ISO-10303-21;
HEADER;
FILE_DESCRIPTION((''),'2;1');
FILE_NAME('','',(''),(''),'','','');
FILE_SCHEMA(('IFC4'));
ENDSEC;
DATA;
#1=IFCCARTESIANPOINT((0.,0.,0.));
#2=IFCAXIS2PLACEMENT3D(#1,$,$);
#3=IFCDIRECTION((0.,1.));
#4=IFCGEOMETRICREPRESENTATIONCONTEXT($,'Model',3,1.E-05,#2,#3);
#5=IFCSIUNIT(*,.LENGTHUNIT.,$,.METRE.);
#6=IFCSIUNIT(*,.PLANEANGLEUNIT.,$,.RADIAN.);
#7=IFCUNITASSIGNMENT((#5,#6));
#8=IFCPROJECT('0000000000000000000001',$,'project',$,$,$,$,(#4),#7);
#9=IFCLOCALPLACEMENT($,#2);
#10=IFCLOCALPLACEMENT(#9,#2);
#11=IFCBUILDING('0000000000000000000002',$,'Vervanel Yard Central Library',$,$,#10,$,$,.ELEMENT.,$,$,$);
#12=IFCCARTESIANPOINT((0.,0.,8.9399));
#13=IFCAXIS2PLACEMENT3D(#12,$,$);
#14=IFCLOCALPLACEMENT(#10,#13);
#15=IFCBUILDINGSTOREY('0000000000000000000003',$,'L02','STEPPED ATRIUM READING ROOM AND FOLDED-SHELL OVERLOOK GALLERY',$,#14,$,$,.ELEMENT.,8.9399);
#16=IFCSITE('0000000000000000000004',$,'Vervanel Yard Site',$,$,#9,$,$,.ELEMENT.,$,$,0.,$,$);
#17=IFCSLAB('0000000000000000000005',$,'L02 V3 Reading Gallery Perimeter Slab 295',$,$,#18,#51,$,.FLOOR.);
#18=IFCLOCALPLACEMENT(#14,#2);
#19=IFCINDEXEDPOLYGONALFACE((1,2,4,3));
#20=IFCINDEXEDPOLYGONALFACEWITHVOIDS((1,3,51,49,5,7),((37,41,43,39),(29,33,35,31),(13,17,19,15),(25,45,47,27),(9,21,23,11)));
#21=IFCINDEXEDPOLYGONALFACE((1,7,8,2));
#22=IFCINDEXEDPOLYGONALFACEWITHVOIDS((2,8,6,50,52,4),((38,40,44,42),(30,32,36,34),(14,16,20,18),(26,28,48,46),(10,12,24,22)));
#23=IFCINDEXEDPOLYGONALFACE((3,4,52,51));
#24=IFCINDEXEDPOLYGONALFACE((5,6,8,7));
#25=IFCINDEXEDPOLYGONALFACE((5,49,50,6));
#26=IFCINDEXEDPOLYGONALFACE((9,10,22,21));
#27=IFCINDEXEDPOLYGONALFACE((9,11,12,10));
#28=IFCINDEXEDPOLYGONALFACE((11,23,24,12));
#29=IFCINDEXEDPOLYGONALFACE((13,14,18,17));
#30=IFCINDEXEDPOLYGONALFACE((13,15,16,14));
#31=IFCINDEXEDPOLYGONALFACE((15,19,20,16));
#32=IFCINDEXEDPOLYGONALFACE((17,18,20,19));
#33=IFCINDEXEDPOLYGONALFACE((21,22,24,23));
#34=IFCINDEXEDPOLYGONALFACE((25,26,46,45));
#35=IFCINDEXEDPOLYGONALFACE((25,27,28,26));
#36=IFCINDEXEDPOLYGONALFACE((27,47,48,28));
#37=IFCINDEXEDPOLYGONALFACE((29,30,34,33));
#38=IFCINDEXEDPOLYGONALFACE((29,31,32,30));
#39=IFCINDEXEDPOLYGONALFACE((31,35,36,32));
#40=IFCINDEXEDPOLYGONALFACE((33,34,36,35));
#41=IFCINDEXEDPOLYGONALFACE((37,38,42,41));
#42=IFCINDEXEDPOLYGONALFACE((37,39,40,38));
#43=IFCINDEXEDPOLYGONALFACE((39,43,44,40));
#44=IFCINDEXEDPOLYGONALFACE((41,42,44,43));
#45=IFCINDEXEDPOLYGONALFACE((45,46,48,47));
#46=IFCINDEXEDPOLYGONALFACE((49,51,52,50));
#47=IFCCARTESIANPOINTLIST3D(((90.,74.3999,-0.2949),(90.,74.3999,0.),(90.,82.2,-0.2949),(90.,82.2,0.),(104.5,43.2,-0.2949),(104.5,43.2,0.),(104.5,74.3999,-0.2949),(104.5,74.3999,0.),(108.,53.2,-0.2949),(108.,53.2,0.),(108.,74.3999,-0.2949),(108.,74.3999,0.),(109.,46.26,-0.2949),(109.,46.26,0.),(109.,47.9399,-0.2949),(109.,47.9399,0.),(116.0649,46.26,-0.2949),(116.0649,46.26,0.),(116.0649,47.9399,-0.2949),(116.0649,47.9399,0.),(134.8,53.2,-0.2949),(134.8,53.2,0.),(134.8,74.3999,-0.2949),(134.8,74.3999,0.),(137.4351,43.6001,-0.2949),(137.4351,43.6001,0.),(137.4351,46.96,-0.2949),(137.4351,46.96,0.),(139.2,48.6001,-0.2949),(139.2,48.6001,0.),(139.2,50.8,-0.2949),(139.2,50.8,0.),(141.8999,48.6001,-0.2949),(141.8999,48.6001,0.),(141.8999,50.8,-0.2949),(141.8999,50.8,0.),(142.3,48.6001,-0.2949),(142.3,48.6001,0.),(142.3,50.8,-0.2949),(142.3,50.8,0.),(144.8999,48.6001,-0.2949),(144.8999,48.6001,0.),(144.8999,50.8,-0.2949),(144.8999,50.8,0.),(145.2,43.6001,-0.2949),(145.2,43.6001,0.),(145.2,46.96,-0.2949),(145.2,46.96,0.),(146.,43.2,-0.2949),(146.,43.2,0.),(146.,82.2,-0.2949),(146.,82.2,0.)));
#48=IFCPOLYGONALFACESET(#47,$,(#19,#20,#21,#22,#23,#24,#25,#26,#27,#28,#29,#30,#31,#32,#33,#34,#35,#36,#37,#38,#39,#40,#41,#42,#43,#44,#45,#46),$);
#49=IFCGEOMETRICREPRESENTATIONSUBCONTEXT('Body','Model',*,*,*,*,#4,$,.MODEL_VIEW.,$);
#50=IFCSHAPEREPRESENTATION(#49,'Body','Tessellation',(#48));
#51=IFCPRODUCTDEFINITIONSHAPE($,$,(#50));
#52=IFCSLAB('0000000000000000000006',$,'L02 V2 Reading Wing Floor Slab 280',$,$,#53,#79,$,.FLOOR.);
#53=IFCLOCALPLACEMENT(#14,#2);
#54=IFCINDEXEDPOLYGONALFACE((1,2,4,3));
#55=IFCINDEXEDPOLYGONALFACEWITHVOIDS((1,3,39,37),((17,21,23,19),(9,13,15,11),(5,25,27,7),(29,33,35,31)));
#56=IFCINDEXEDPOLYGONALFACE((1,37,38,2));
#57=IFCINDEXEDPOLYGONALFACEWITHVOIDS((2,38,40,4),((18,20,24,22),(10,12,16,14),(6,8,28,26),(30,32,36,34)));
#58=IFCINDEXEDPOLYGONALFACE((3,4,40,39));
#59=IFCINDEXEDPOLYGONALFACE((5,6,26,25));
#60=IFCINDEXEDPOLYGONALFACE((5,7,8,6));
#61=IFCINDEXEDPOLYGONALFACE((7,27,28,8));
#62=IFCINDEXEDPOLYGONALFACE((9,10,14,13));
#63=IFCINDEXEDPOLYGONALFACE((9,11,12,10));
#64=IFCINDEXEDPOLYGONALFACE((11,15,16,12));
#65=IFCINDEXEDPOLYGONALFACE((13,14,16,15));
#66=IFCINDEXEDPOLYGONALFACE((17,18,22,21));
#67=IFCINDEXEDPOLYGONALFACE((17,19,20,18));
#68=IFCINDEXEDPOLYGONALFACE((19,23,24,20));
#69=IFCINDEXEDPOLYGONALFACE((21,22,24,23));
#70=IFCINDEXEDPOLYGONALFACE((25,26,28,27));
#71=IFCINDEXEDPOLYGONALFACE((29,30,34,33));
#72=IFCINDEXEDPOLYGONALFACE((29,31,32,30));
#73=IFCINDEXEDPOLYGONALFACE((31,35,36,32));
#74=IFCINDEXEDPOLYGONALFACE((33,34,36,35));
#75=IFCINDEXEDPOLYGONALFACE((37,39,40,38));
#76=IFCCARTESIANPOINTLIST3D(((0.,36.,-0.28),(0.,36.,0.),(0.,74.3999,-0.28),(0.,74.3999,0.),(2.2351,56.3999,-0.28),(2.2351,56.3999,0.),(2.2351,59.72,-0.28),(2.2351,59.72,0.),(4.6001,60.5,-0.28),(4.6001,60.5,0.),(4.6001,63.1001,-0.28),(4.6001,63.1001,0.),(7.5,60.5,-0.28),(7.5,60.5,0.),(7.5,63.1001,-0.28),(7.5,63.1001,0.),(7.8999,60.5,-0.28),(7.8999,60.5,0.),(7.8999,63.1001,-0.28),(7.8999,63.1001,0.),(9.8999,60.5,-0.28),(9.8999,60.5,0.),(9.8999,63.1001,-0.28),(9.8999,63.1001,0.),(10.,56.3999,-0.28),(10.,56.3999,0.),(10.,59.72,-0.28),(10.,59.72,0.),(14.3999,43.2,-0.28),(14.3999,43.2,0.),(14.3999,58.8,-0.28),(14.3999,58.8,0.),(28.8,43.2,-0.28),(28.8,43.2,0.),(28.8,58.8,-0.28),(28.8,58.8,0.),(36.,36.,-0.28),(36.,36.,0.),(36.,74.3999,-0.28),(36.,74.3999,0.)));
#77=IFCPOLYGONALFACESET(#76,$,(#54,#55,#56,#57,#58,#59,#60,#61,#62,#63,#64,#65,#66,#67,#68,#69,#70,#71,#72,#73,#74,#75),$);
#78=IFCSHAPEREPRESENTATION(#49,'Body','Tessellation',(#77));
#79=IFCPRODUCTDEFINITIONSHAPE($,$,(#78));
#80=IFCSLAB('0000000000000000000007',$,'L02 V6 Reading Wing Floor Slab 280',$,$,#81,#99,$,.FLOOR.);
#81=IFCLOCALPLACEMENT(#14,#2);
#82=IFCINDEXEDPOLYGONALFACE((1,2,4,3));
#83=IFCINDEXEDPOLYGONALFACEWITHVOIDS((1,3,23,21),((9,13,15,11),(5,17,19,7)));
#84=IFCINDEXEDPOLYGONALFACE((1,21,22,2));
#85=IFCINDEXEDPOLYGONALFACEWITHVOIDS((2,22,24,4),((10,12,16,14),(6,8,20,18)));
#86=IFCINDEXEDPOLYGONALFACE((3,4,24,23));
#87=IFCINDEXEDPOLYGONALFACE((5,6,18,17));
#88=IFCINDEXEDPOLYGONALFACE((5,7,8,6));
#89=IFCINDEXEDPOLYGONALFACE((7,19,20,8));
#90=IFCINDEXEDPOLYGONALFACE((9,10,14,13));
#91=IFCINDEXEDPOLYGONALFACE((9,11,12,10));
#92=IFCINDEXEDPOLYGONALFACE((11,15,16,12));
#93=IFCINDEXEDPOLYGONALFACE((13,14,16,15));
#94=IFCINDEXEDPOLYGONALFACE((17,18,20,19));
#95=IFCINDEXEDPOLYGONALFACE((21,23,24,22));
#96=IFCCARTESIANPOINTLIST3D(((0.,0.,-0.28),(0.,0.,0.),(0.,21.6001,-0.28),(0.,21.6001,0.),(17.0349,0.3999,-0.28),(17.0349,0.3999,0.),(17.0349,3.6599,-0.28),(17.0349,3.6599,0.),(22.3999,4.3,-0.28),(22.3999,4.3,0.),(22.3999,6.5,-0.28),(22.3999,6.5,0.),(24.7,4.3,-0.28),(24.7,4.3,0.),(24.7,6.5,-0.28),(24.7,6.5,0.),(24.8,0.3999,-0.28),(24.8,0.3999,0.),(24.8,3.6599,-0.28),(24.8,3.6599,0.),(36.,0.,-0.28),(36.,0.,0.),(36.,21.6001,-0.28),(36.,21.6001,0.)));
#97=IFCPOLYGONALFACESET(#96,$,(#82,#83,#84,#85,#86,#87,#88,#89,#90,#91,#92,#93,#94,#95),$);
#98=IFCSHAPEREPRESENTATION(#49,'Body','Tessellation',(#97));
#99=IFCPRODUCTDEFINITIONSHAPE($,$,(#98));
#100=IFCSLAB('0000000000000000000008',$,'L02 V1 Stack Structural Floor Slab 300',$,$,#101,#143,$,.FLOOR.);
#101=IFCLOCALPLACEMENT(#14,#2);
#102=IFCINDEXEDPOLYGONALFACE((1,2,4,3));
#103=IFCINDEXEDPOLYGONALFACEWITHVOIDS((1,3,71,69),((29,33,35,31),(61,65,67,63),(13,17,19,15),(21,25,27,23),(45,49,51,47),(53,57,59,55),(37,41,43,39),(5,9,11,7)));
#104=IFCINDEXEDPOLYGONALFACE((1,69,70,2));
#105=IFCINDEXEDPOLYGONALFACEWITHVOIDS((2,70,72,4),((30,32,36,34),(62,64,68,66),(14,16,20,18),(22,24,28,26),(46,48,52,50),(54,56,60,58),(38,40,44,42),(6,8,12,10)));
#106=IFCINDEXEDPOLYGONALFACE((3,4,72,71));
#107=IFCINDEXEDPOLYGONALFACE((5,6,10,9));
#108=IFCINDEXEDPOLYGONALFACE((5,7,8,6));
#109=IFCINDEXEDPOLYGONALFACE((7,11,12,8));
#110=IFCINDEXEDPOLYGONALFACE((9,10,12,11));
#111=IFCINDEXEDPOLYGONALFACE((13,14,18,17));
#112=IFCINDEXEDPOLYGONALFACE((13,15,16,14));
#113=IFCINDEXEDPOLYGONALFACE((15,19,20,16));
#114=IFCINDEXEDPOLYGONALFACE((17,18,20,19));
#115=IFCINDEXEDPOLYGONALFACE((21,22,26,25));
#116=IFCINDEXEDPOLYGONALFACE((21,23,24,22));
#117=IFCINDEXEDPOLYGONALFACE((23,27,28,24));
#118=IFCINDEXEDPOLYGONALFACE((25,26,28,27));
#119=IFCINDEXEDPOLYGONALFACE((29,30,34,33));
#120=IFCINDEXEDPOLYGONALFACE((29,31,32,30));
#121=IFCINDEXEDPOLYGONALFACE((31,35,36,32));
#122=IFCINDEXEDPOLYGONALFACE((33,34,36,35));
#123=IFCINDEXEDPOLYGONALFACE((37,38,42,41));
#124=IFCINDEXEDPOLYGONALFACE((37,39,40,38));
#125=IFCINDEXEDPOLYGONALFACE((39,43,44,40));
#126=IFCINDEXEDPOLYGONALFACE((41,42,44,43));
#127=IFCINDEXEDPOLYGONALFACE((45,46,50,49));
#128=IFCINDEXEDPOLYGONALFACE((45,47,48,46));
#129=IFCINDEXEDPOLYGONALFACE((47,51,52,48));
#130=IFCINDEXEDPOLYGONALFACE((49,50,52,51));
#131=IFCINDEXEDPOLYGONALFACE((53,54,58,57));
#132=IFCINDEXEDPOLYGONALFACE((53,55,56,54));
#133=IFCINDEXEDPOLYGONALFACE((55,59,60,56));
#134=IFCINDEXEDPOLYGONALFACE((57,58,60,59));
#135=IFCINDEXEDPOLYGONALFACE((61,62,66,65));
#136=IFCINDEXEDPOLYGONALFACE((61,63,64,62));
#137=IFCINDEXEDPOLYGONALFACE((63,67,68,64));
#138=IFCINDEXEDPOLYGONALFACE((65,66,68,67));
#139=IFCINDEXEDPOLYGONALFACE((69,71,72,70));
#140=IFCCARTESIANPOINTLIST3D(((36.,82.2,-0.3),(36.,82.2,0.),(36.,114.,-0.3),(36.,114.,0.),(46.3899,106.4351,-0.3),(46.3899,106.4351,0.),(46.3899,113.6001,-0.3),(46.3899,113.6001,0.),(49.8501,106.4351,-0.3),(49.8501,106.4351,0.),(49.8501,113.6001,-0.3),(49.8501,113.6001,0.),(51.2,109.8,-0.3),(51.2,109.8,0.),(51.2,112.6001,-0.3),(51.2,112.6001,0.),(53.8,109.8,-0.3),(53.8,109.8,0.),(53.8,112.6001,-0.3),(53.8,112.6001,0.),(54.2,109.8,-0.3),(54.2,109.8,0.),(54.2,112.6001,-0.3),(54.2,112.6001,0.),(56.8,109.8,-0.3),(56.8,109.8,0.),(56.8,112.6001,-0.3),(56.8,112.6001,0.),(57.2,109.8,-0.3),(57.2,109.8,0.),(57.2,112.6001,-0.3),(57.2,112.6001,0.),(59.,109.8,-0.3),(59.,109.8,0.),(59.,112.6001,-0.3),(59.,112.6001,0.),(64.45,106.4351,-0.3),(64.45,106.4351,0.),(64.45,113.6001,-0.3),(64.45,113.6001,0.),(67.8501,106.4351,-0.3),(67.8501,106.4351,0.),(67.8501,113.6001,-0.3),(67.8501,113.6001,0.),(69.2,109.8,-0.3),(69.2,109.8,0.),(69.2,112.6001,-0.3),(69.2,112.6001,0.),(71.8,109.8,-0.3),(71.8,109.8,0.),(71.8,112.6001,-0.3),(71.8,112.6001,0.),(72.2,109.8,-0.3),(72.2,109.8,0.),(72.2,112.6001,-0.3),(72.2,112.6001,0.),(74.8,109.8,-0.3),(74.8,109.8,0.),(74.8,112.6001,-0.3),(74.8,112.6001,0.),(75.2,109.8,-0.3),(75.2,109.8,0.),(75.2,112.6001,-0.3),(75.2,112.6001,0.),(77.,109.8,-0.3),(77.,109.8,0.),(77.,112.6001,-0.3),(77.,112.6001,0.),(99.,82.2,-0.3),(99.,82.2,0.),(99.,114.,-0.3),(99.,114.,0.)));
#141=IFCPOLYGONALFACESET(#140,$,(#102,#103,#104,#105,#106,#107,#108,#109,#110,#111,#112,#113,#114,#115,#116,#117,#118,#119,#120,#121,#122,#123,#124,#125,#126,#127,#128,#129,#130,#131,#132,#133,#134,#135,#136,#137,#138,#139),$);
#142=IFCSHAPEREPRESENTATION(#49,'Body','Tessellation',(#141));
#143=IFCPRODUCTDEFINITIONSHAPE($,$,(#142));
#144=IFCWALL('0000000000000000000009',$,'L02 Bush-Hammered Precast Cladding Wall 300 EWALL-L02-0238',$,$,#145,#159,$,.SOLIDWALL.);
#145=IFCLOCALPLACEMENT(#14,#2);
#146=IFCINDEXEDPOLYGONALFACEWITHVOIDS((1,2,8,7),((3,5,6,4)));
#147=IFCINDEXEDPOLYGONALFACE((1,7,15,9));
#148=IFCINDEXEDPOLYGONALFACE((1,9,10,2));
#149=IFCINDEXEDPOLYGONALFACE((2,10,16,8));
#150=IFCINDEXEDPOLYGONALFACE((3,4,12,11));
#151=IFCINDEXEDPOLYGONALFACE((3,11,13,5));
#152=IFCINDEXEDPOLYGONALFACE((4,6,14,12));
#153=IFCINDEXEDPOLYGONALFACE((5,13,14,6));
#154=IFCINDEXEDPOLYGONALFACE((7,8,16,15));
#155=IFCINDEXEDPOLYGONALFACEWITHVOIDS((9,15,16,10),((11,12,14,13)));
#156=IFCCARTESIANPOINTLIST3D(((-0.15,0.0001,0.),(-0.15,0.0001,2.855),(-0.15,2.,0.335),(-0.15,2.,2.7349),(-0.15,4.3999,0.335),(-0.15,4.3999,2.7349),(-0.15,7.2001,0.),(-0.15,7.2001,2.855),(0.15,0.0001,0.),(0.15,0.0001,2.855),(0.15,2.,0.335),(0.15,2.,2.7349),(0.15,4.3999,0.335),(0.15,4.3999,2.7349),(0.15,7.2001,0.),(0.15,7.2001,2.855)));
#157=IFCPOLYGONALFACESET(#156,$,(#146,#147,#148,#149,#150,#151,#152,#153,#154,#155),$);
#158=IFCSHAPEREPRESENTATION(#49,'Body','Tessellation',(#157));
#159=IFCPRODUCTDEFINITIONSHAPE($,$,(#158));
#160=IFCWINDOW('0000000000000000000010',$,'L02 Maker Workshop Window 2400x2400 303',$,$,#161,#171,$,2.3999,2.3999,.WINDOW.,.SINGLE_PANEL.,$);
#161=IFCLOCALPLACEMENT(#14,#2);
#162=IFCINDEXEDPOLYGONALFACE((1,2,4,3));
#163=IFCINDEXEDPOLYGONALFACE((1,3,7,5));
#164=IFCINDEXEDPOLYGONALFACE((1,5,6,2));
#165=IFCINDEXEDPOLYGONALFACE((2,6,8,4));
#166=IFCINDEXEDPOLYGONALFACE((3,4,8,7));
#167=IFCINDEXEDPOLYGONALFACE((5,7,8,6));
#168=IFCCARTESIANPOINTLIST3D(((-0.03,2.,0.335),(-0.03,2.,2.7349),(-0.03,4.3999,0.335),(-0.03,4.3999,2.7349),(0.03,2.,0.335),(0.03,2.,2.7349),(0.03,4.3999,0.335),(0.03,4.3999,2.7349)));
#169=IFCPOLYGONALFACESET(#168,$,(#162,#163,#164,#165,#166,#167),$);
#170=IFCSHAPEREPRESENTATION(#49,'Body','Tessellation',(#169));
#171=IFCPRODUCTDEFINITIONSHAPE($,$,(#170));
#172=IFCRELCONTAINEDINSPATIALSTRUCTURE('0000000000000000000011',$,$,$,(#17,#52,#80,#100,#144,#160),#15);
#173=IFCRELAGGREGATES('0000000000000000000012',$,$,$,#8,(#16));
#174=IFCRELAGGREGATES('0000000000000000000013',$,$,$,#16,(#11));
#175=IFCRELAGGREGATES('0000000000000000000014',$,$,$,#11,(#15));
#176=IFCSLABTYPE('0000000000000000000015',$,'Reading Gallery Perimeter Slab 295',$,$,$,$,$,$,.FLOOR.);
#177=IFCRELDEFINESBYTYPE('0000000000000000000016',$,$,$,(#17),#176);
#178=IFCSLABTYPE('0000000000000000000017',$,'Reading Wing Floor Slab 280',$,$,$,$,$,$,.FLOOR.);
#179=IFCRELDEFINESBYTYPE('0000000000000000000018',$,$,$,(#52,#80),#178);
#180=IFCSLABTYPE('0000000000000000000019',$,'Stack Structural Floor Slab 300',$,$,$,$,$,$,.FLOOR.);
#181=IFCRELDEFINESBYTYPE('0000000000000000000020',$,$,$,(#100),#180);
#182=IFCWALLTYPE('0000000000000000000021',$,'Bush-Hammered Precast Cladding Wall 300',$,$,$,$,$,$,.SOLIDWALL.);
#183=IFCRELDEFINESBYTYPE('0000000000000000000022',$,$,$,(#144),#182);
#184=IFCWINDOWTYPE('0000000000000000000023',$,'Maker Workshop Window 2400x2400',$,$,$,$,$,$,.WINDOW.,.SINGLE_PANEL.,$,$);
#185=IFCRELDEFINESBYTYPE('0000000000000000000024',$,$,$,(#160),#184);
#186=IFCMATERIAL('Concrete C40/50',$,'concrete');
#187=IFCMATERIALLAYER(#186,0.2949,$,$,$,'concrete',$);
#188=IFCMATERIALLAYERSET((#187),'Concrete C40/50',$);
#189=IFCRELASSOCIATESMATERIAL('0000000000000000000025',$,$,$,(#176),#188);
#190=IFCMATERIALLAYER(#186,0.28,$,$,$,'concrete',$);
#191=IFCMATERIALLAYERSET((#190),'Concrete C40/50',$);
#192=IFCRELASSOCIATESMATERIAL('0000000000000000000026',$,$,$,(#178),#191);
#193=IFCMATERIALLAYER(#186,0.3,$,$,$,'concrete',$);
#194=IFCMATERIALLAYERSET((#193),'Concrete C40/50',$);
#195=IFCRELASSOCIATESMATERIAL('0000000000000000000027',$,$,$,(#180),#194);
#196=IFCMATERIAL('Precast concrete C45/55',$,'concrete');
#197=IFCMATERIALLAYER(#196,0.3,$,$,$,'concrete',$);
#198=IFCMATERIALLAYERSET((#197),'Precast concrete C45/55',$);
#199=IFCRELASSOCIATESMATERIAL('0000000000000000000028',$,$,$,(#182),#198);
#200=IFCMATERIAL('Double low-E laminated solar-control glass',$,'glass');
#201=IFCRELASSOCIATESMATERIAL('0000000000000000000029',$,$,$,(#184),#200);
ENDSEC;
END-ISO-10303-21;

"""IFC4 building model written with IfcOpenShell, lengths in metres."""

from ifc_helpers import new_model, si_unit, direction, frame, frame_2d, origin, place, context, subcontext, project, spatial, polyline, rectangle, outline, extrude, material, layer, layer_set, type_object, element, fill, save


model = new_model("IFC4")

# Units and contexts
model_context = context("Model", 3, precision=1e-05, world=origin(), true_north=direction((0.0, 1.0)))
body_context = subcontext(model_context, "Body", "Model", "MODEL_VIEW")
ifc_project = project(units=[si_unit("LENGTHUNIT", "METRE"), si_unit("PLANEANGLEUNIT", "RADIAN")], contexts=[model_context])

# Site, building, storey
site_placement = place(None, origin())
site = spatial("IfcSite", under=ifc_project, at=site_placement, Name="Vervanel Yard Site", CompositionType="ELEMENT", RefElevation=0.0)
building_placement = place(site_placement, origin())
building = spatial("IfcBuilding", under=site, at=building_placement, Name="Vervanel Yard Central Library", CompositionType="ELEMENT")
storey_placement = place(building_placement, frame((0.0, 0.0, 8.9399)))
storey = spatial("IfcBuildingStorey", under=building, at=storey_placement, Name="L02", Description="STEPPED ATRIUM READING ROOM AND FOLDED-SHELL OVERLOOK GALLERY", CompositionType="ELEMENT", Elevation=8.9399)

# Shared definitions
ifc_material_1 = material(Name="Concrete C40/50", Category="concrete")

# Slabs
ifc_layer_1 = layer(ifc_material_1, 0.2949, Category="concrete")
ifc_layer_set_1 = layer_set([ifc_layer_1], Name="Concrete C40/50")
slab_type_1 = type_object("IfcSlabType", Name="Reading Gallery Perimeter Slab 295", PredefinedType="FLOOR", material=ifc_layer_set_1)
slab_1_placement = place(storey_placement, frame((0.0, 0.0, -0.2949)))
element("IfcSlab", 1, at=slab_1_placement, inside=storey, type_object=slab_type_1, Name="L02 V3 Reading Gallery Perimeter Slab 295", PredefinedType="FLOOR", context=body_context, shape_type="SweptSolid", body=[
    extrude(outline(polyline([(104.5, 43.2), (146.0, 43.2), (146.0, 82.2), (90.0, 82.2), (90.0, 74.3999), (104.5, 74.3999), (104.5, 43.2)]), holes=[polyline([(108.0, 53.2), (134.8, 53.2), (134.8, 74.3999), (108.0, 74.3999), (108.0, 53.2)]), polyline([(137.4351, 43.6001), (145.2, 43.6001), (145.2, 46.96), (137.4351, 46.96), (137.4351, 43.6001)]), polyline([(139.2, 48.6001), (141.8999, 48.6001), (141.8999, 50.8), (139.2, 50.8), (139.2, 48.6001)]), polyline([(142.3, 48.6001), (144.8999, 48.6001), (144.8999, 50.8), (142.3, 50.8), (142.3, 48.6001)]), polyline([(109.0, 46.26), (116.0649, 46.26), (116.0649, 47.9399), (109.0, 47.9399), (109.0, 46.26)])]), origin(), (0.0, 0.0, 1.0), 0.2949),
])
ifc_layer_2 = layer(ifc_material_1, 0.28, Category="concrete")
ifc_layer_set_2 = layer_set([ifc_layer_2], Name="Concrete C40/50")
slab_type_2 = type_object("IfcSlabType", Name="Reading Wing Floor Slab 280", PredefinedType="FLOOR", material=ifc_layer_set_2)
slab_2_placement = place(storey_placement, frame((0.0, 0.0, -0.28)))
element("IfcSlab", 2, at=slab_2_placement, inside=storey, type_object=slab_type_2, Name="L02 V2 Reading Wing Floor Slab 280", PredefinedType="FLOOR", context=body_context, shape_type="SweptSolid", body=[
    extrude(outline(polyline([(0.0, 36.0), (36.0, 36.0), (36.0, 74.3999), (0.0, 74.3999), (0.0, 36.0)]), holes=[polyline([(14.3999, 43.2), (28.8, 43.2), (28.8, 58.8), (14.3999, 58.8), (14.3999, 43.2)]), polyline([(2.2351, 56.3999), (10.0, 56.3999), (10.0, 59.72), (2.2351, 59.72), (2.2351, 56.3999)]), polyline([(4.6001, 60.5), (7.5, 60.5), (7.5, 63.1001), (4.6001, 63.1001), (4.6001, 60.5)]), polyline([(7.8999, 60.5), (9.8999, 60.5), (9.8999, 63.1001), (7.8999, 63.1001), (7.8999, 60.5)])]), origin(), (0.0, 0.0, 1.0), 0.28),
])
slab_3_placement = place(storey_placement, frame((0.0, 0.0, -0.28)))
element("IfcSlab", 3, at=slab_3_placement, inside=storey, type_object=slab_type_2, Name="L02 V6 Reading Wing Floor Slab 280", PredefinedType="FLOOR", context=body_context, shape_type="SweptSolid", body=[
    extrude(outline(polyline([(0.0, 0.0), (36.0, 0.0), (36.0, 21.6001), (0.0, 21.6001), (0.0, 0.0)]), holes=[polyline([(17.0349, 0.3999), (24.8, 0.3999), (24.8, 3.6599), (17.0349, 3.6599), (17.0349, 0.3999)]), polyline([(22.3999, 4.3), (24.7, 4.3), (24.7, 6.5), (22.3999, 6.5), (22.3999, 4.3)])]), origin(), (0.0, 0.0, 1.0), 0.28),
])
ifc_layer_3 = layer(ifc_material_1, 0.3, Category="concrete")
ifc_layer_set_3 = layer_set([ifc_layer_3], Name="Concrete C40/50")
slab_type_3 = type_object("IfcSlabType", Name="Stack Structural Floor Slab 300", PredefinedType="FLOOR", material=ifc_layer_set_3)
slab_4_placement = place(storey_placement, frame((0.0, 0.0, -0.3)))
element("IfcSlab", 4, at=slab_4_placement, inside=storey, type_object=slab_type_3, Name="L02 V1 Stack Structural Floor Slab 300", PredefinedType="FLOOR", context=body_context, shape_type="SweptSolid", body=[
    extrude(outline(polyline([(36.0, 82.2), (99.0, 82.2), (99.0, 114.0), (36.0, 114.0), (36.0, 82.2)]), holes=[polyline([(46.3899, 106.4351), (49.8501, 106.4351), (49.8501, 113.6001), (46.3899, 113.6001), (46.3899, 106.4351)]), polyline([(51.2, 109.8), (53.8, 109.8), (53.8, 112.6001), (51.2, 112.6001), (51.2, 109.8)]), polyline([(54.2, 109.8), (56.8, 109.8), (56.8, 112.6001), (54.2, 112.6001), (54.2, 109.8)]), polyline([(57.2, 109.8), (59.0, 109.8), (59.0, 112.6001), (57.2, 112.6001), (57.2, 109.8)]), polyline([(64.45, 106.4351), (67.8501, 106.4351), (67.8501, 113.6001), (64.45, 113.6001), (64.45, 106.4351)]), polyline([(69.2, 109.8), (71.8, 109.8), (71.8, 112.6001), (69.2, 112.6001), (69.2, 109.8)]), polyline([(72.2, 109.8), (74.8, 109.8), (74.8, 112.6001), (72.2, 112.6001), (72.2, 109.8)]), polyline([(75.2, 109.8), (77.0, 109.8), (77.0, 112.6001), (75.2, 112.6001), (75.2, 109.8)])]), origin(), (0.0, 0.0, 1.0), 0.3),
])

# Wall, opening, window
ifc_material_2 = material(Name="Precast concrete C45/55", Category="concrete")
ifc_layer_4 = layer(ifc_material_2, 0.3, Category="concrete")
ifc_layer_set_4 = layer_set([ifc_layer_4], Name="Precast concrete C45/55")
wall_type_1 = type_object("IfcWallType", Name="Bush-Hammered Precast Cladding Wall 300", PredefinedType="SOLIDWALL", material=ifc_layer_set_4)
wall_1_placement = place(storey_placement, frame((0.0, 0.0, 0.0), z_axis=(0.0, 0.0, 1.0), x_axis=(0.0, 1.0, 0.0)))
wall_1 = element("IfcWall", 5, at=wall_1_placement, inside=storey, type_object=wall_type_1, Name="L02 Bush-Hammered Precast Cladding Wall 300 EWALL-L02-0238", PredefinedType="SOLIDWALL", context=body_context, shape_type="SweptSolid", body=[
    extrude(rectangle(XDim=7.2, YDim=0.3, at=frame_2d((3.6001, 0.0))), origin(), (0.0, 0.0, 1.0), 2.855),
])
opening_1_placement = place(wall_1_placement, frame((2.0, 0.0, 0.335)))
opening_1 = element("IfcOpeningElement", 6, at=opening_1_placement, cuts=wall_1, PredefinedType="OPENING", context=body_context, shape_type="SweptSolid", body=[
    extrude(rectangle(XDim=2.3999, YDim=2.3999, at=frame_2d((1.2, 1.2))), frame((0.0, 0.1599, 0.0), z_axis=(0.0, -1.0, 0.0), x_axis=(1.0, 0.0, 0.0)), (0.0, 0.0, 1.0), 0.3201),
])
ifc_material_3 = material(Name="Double low-E laminated solar-control glass", Category="glass")
window_type = type_object("IfcWindowType", Name="Maker Workshop Window 2400x2400", PartitioningType="SINGLE_PANEL", PredefinedType="WINDOW", material=ifc_material_3)
window_1_placement = place(opening_1_placement, origin())
window_1 = element("IfcWindow", 7, at=window_1_placement, inside=storey, type_object=window_type, Name="L02 Maker Workshop Window 2400x2400 303", OverallHeight=2.3999, OverallWidth=2.3999, PartitioningType="SINGLE_PANEL", PredefinedType="WINDOW", context=body_context, shape_type="SweptSolid", body=[
    extrude(rectangle(XDim=2.3999, YDim=2.3999, at=frame_2d((1.2, 1.2))), frame((0.0, 0.03, 0.0), z_axis=(0.0, -1.0, 0.0), x_axis=(1.0, 0.0, 0.0)), (0.0, 0.0, 1.0), 0.0601),
])
fill(opening_1, window_1)

save(model, "model.ifc")
